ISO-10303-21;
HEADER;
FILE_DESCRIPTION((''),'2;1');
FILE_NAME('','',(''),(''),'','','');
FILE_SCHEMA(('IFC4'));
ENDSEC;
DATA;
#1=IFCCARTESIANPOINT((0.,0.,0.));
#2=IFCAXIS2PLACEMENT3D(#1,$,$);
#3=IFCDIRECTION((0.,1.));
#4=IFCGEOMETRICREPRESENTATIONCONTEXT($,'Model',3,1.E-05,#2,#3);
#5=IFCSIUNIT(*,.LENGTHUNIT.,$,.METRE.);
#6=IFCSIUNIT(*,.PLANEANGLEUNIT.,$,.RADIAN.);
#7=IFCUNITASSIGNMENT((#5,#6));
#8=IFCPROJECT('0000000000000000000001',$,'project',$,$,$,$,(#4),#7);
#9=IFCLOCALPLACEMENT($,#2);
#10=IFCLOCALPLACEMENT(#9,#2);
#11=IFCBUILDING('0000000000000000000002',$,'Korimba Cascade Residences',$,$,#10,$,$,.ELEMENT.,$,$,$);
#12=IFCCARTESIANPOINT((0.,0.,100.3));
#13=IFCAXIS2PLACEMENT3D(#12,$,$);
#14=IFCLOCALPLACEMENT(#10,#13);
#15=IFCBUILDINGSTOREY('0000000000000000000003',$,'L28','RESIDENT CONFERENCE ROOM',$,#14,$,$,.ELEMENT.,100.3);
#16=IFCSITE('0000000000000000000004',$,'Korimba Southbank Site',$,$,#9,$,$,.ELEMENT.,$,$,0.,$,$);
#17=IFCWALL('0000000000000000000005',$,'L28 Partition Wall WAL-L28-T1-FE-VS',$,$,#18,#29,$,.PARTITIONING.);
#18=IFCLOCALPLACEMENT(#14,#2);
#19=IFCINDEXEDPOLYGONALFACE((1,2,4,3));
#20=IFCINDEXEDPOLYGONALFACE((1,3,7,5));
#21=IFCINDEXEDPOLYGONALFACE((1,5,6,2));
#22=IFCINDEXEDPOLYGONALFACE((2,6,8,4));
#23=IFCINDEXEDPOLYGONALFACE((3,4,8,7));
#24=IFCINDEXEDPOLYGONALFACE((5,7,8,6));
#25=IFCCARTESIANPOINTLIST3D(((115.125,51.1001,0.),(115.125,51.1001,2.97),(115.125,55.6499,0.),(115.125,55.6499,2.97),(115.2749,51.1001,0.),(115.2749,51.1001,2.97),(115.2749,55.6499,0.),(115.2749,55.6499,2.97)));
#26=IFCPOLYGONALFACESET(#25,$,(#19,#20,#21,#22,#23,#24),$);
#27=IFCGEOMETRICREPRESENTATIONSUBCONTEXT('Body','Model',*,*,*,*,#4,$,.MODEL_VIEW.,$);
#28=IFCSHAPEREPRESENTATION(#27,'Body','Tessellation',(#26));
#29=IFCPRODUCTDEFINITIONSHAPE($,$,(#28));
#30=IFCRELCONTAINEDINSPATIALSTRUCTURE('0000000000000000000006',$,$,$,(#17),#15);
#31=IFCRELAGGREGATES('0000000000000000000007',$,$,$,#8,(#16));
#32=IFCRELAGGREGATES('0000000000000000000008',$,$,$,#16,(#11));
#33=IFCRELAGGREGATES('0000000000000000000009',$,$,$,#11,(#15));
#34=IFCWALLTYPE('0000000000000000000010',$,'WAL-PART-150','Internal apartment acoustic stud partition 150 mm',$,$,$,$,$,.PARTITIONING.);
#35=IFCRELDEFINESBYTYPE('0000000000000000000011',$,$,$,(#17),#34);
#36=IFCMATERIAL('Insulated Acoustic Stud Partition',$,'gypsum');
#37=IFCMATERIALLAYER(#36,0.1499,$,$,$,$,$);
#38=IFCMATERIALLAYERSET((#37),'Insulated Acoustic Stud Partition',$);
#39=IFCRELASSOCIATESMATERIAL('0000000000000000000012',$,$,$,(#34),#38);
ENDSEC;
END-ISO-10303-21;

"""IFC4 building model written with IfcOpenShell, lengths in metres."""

from ifc_helpers import new_model, si_unit, direction, frame, frame_2d, origin, place, context, subcontext, project, spatial, rectangle, extrude, material, layer, layer_set, type_object, element, save


model = new_model("IFC4")

# Units and contexts
model_context = context("Model", 3, precision=1e-05, world=origin(), true_north=direction((0.0, 1.0)))
body_context = subcontext(model_context, "Body", "Model", "MODEL_VIEW")
ifc_project = project(units=[si_unit("LENGTHUNIT", "METRE"), si_unit("PLANEANGLEUNIT", "RADIAN")], contexts=[model_context])

# Site, building, storey
site_placement = place(None, origin())
site = spatial("IfcSite", under=ifc_project, at=site_placement, Name="Korimba Southbank Site", CompositionType="ELEMENT", RefElevation=0.0)
building_placement = place(site_placement, origin())
building = spatial("IfcBuilding", under=site, at=building_placement, Name="Korimba Cascade Residences", CompositionType="ELEMENT")
storey_placement = place(building_placement, frame((0.0, 0.0, 100.3)))
storey = spatial("IfcBuildingStorey", under=building, at=storey_placement, Name="L28", Description="RESIDENT CONFERENCE ROOM", CompositionType="ELEMENT", Elevation=100.3)

# Shared definitions
ifc_material_1 = material(Name="Insulated Acoustic Stud Partition", Category="gypsum")
ifc_layer_1 = layer(ifc_material_1, 0.1499)
ifc_layer_set_1 = layer_set([ifc_layer_1], Name="Insulated Acoustic Stud Partition")
wall_type_1 = type_object("IfcWallType", Name="WAL-PART-150", Description="Internal apartment acoustic stud partition 150 mm", PredefinedType="PARTITIONING", material=ifc_layer_set_1)

# Wall
wall_1_placement = place(storey_placement, frame((115.2, 51.1001, 0.0), z_axis=(0.0, 0.0, 1.0), x_axis=(0.0, 1.0, 0.0)))
element("IfcWall", 1, at=wall_1_placement, inside=storey, type_object=wall_type_1, Name="L28 Partition Wall WAL-L28-T1-FE-VS", PredefinedType="PARTITIONING", context=body_context, shape_type="SweptSolid", body=[
    extrude(rectangle(XDim=4.5498, YDim=0.1499, at=frame_2d((2.2749, 0.0))), origin(), (0.0, 0.0, 1.0), 2.97),
])

save(model, "model.ifc")
